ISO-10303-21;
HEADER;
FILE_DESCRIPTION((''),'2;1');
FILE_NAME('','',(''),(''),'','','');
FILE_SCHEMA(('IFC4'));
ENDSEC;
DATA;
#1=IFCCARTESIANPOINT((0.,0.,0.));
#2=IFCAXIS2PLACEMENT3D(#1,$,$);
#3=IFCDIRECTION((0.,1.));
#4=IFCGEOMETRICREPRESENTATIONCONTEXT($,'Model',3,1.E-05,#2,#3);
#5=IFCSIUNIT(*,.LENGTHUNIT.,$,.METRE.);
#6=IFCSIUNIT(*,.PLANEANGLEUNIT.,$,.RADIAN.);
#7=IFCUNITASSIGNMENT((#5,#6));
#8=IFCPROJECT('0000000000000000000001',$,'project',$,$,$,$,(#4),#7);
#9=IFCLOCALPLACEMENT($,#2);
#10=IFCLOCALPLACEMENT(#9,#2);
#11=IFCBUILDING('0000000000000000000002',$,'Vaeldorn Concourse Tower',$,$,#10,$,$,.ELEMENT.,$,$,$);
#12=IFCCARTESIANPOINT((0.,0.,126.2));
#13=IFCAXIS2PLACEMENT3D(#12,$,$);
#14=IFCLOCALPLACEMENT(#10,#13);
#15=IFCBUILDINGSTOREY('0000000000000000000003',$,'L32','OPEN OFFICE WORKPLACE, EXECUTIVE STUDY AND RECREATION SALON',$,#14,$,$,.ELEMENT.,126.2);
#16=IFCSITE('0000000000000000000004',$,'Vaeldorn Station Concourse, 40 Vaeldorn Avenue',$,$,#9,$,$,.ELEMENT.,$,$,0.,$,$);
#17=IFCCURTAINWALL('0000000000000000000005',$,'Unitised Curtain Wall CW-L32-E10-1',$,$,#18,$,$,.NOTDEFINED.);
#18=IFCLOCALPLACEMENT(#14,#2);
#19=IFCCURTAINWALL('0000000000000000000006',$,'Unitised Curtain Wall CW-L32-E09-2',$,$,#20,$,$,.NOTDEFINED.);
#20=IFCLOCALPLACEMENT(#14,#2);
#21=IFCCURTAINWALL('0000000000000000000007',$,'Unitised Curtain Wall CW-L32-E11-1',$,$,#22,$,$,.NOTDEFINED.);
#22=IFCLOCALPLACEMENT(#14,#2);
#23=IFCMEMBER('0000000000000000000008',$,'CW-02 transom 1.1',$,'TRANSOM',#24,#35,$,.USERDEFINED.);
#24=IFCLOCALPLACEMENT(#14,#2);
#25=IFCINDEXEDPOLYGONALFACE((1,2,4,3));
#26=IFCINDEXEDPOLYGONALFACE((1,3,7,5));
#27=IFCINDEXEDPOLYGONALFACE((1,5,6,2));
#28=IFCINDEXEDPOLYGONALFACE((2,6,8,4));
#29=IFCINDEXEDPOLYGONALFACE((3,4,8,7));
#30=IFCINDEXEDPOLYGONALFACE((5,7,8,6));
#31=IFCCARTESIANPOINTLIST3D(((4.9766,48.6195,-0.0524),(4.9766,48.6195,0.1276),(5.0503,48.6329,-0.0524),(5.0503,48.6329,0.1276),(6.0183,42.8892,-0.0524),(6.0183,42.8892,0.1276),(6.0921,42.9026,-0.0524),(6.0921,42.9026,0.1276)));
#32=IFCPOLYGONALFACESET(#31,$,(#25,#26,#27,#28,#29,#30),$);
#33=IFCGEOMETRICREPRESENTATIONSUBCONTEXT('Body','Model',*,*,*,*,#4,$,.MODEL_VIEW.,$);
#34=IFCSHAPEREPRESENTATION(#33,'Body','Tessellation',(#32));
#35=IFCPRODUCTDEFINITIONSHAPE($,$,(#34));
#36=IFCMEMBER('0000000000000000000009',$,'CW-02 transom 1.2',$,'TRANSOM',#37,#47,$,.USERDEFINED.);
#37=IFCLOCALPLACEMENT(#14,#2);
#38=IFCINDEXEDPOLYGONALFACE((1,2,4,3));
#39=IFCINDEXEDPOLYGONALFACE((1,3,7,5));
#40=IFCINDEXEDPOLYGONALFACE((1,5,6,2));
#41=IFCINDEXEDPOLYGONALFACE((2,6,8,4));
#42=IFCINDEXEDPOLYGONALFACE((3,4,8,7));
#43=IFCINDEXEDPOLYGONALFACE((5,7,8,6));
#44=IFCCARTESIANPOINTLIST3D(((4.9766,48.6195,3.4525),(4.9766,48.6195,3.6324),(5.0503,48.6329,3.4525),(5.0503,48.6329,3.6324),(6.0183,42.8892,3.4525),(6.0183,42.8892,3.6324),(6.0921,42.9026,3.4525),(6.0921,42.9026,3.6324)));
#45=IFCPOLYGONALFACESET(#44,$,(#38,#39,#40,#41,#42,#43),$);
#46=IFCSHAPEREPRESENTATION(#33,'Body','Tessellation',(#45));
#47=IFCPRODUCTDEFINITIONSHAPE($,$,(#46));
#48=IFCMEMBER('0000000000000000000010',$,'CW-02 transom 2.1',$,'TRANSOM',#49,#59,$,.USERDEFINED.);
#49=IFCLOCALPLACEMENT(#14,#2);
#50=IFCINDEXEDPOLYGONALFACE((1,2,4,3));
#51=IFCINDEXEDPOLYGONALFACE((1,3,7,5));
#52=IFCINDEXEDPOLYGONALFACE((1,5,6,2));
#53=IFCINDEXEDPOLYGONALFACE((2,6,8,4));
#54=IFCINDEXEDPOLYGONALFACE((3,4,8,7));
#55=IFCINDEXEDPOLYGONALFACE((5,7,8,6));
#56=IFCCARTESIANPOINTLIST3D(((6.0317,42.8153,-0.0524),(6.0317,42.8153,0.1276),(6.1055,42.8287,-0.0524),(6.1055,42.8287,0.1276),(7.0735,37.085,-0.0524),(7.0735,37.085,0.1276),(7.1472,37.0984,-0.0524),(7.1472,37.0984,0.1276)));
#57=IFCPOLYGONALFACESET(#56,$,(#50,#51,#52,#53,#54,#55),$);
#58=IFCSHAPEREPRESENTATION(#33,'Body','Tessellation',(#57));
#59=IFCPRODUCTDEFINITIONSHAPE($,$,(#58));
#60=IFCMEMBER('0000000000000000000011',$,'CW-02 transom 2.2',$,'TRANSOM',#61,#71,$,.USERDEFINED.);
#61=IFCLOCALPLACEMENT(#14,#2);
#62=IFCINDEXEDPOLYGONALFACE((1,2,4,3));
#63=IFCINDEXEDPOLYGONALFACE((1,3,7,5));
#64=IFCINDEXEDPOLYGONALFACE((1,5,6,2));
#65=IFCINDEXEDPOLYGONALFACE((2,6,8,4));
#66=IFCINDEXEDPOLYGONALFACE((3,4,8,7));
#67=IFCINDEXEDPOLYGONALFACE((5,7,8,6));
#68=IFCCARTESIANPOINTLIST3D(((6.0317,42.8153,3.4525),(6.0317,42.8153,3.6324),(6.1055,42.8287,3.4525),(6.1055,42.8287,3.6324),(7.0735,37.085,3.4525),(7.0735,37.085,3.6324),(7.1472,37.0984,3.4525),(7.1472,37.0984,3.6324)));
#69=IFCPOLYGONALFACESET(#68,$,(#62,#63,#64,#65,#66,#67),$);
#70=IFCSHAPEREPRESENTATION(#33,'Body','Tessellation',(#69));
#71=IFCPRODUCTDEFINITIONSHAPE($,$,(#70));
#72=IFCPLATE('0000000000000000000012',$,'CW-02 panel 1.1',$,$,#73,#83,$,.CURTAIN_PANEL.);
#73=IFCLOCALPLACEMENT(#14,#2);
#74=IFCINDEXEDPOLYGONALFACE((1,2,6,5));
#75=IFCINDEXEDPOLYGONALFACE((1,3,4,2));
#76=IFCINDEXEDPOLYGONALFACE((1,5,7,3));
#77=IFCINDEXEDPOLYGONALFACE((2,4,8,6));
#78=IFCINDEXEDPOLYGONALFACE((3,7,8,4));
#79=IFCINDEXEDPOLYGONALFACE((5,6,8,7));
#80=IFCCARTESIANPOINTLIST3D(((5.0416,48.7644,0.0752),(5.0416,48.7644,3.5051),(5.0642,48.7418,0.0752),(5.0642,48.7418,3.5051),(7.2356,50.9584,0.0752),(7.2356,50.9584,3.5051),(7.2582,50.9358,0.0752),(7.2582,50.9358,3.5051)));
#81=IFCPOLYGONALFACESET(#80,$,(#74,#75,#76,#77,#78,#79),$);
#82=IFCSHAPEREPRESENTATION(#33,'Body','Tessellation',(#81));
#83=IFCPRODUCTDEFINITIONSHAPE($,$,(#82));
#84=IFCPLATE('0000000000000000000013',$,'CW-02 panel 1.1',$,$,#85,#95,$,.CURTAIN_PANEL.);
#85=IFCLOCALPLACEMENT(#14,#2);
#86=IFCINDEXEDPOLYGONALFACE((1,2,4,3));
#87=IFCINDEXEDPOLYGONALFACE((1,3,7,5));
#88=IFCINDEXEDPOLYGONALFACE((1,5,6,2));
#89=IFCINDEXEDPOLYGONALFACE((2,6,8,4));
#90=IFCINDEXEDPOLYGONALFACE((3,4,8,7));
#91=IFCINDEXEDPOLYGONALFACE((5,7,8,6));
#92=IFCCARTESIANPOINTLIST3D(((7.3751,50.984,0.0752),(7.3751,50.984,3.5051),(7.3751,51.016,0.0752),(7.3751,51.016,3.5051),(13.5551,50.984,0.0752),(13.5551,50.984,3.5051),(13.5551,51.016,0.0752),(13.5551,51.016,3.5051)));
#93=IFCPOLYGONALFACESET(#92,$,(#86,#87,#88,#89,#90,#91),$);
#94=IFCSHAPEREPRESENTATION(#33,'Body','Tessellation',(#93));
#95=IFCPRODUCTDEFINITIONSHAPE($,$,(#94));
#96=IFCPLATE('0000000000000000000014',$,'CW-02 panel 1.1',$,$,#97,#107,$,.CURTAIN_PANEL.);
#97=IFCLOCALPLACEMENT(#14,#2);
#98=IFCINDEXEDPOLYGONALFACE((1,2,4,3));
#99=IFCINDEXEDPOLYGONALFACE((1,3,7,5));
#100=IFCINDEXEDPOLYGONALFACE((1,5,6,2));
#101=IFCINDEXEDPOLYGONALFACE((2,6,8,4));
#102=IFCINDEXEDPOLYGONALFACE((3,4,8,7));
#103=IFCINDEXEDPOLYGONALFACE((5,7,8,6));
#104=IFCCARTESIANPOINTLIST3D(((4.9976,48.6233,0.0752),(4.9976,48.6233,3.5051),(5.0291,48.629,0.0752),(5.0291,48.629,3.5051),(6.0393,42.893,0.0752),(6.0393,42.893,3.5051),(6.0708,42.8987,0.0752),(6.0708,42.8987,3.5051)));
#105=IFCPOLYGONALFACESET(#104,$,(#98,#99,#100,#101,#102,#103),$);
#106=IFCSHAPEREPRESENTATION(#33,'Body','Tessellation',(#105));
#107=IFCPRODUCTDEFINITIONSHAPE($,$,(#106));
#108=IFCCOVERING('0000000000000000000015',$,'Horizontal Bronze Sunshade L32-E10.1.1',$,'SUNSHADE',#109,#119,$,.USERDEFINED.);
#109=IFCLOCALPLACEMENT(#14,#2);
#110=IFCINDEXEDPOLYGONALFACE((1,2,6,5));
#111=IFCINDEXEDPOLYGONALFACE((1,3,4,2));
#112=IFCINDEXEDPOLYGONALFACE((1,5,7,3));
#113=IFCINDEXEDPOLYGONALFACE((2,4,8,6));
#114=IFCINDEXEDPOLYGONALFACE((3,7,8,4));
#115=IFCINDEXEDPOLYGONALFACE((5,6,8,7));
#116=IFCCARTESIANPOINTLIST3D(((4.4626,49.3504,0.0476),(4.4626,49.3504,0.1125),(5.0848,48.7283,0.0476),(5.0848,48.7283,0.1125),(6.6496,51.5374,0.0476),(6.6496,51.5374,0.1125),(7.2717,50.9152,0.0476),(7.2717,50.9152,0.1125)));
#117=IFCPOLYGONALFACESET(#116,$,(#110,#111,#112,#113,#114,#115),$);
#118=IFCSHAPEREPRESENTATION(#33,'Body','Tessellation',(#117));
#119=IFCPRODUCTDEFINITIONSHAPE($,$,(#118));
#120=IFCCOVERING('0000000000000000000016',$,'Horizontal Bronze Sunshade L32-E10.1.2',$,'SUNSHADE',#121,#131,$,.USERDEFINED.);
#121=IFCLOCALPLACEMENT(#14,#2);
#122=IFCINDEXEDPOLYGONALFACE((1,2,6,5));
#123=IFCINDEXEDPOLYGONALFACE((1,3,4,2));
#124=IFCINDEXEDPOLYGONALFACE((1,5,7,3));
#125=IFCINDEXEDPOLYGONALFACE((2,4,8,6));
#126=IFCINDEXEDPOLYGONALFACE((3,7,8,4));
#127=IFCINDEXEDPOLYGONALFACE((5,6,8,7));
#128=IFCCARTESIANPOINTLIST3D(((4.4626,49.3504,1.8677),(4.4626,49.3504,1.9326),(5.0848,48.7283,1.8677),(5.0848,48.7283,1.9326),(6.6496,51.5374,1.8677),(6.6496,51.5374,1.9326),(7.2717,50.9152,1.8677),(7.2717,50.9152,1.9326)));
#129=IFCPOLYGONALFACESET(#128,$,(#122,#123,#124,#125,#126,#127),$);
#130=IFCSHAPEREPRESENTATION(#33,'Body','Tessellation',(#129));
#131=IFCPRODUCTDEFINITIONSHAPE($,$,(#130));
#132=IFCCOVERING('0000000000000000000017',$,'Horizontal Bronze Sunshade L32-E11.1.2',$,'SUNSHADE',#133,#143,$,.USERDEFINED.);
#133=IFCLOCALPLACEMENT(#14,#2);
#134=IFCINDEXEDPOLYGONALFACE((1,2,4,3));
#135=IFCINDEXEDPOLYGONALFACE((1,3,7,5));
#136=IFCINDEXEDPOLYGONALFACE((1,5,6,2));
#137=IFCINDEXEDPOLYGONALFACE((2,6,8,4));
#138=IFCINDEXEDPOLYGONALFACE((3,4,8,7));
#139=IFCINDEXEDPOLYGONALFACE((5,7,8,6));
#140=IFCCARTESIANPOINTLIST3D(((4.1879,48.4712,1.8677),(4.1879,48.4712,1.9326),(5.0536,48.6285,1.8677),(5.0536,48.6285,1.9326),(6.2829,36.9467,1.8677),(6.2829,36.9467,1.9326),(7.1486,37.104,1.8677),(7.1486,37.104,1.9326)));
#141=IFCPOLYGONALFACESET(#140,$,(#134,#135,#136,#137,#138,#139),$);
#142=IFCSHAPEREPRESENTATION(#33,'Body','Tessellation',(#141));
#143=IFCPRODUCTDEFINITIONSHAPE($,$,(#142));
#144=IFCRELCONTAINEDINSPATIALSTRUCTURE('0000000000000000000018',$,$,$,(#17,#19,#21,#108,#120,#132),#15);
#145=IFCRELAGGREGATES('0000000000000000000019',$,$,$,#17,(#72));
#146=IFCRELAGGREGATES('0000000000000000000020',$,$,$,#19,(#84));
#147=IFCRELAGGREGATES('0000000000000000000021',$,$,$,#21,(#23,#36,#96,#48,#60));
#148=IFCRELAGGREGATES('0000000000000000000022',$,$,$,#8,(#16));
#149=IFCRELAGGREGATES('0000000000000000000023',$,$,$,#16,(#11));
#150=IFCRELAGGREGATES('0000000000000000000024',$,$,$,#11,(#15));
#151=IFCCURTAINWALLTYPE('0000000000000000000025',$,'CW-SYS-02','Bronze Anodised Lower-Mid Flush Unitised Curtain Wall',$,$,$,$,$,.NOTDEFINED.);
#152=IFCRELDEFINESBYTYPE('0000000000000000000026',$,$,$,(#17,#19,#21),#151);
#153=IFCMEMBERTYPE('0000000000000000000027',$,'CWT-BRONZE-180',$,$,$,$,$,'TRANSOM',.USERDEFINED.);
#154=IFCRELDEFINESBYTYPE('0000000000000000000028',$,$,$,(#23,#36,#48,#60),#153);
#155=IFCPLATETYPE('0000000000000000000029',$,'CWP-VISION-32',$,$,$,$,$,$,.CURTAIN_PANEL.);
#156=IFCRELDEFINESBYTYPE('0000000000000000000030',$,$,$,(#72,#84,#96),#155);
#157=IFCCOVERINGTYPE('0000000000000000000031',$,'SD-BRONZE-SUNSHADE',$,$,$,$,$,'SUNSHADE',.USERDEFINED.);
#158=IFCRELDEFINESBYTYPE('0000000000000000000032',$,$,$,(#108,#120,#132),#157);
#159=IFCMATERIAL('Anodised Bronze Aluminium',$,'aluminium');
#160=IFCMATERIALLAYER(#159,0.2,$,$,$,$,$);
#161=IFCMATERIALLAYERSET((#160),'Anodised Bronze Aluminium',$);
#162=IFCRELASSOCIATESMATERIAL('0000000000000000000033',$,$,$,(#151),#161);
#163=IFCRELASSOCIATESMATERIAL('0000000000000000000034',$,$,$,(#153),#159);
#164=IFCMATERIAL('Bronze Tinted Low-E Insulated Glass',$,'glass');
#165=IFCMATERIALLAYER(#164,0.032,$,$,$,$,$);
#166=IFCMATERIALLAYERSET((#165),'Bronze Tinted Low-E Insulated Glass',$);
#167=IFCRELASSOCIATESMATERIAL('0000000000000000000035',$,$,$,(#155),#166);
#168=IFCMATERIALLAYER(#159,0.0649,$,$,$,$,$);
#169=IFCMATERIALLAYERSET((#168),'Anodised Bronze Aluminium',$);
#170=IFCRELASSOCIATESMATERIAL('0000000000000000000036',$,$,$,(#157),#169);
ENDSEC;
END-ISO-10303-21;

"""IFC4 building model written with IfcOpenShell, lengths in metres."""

from ifc_helpers import new_model, si_unit, direction, frame, origin, origin_2d, place, context, subcontext, project, spatial, rectangle, extrude, source, transform, mapped, material, layer, layer_set, material_profile, profile_set, type_object, element, aggregate, save


model = new_model("IFC4")

# Units and contexts
model_context = context("Model", 3, precision=1e-05, world=origin(), true_north=direction((0.0, 1.0)))
body_context = subcontext(model_context, "Body", "Model", "MODEL_VIEW")
ifc_project = project(units=[si_unit("LENGTHUNIT", "METRE"), si_unit("PLANEANGLEUNIT", "RADIAN")], contexts=[model_context])

# Site, building, storey
site_placement = place(None, origin())
site = spatial("IfcSite", under=ifc_project, at=site_placement, Name="Vaeldorn Station Concourse, 40 Vaeldorn Avenue", CompositionType="ELEMENT", RefElevation=0.0)
building_placement = place(site_placement, origin())
building = spatial("IfcBuilding", under=site, at=building_placement, Name="Vaeldorn Concourse Tower", CompositionType="ELEMENT")
storey_placement = place(building_placement, frame((0.0, 0.0, 126.2)))
storey = spatial("IfcBuildingStorey", under=building, at=storey_placement, Name="L32", Description="OPEN OFFICE WORKPLACE, EXECUTIVE STUDY AND RECREATION SALON", CompositionType="ELEMENT", Elevation=126.2)

# Curtain walls
ifc_material_1 = material(Name="Anodised Bronze Aluminium", Category="aluminium")
ifc_layer_1 = layer(ifc_material_1, 0.2)
ifc_layer_set_1 = layer_set([ifc_layer_1], Name="Anodised Bronze Aluminium")
curtain_wall_type = type_object("IfcCurtainWallType", Name="CW-SYS-02", Description="Bronze Anodised Lower-Mid Flush Unitised Curtain Wall", PredefinedType="NOTDEFINED", material=ifc_layer_set_1)
curtain_wall_1_placement = place(storey_placement, origin())
curtain_wall_1 = element("IfcCurtainWall", 1, at=curtain_wall_1_placement, inside=storey, type_object=curtain_wall_type, Name="Unitised Curtain Wall CW-L32-E10-1", PredefinedType="NOTDEFINED")
ifc_material_profile_1 = material_profile(ifc_material_1, rectangle(XDim=0.075, YDim=0.1799, at=origin_2d()), Name="CWT 75x180")
ifc_profile_set_1 = profile_set([ifc_material_profile_1], Name="Anodised Bronze Aluminium")
member_type_1 = type_object("IfcMemberType", Name="CWT-BRONZE-180", ElementType="TRANSOM", PredefinedType="USERDEFINED", material=ifc_profile_set_1)
curtain_wall_2_placement = place(storey_placement, origin())
curtain_wall_2 = element("IfcCurtainWall", 2, at=curtain_wall_2_placement, inside=storey, type_object=curtain_wall_type, Name="Unitised Curtain Wall CW-L32-E09-2", PredefinedType="NOTDEFINED")

# Curtain wall
curtain_wall_3_placement = place(storey_placement, origin())
curtain_wall_3 = element("IfcCurtainWall", 3, at=curtain_wall_3_placement, inside=storey, type_object=curtain_wall_type, Name="Unitised Curtain Wall CW-L32-E11-1", PredefinedType="NOTDEFINED")

# Members
shared_shape_1 = source(origin(), body_context, "Body", "SweptSolid", [
    extrude(rectangle(XDim=0.075, YDim=0.1799, at=origin_2d()), origin(), (0.0, 0.0, 1.0), 5.8242),
])
member_1_placement = place(storey_placement, frame((5.0134, 48.6262, 0.0376), z_axis=(0.178867, -0.983873, 0.0), x_axis=(0.983873, 0.178867, 0.0)))
member_1 = element("IfcMember", 4, at=member_1_placement, type_object=member_type_1, Name="CW-02 transom 1.1", ObjectType="TRANSOM", PredefinedType="USERDEFINED", context=body_context, shape_type="MappedRepresentation", body=[
    mapped(shared_shape_1, transform((0.0, 0.0, 0.0), scale=1.0)),
])
member_2_placement = place(storey_placement, frame((5.0134, 48.6262, 3.5425), z_axis=(0.178867, -0.983873, 0.0), x_axis=(0.983873, 0.178867, 0.0)))
member_2 = element("IfcMember", 5, at=member_2_placement, type_object=member_type_1, Name="CW-02 transom 1.2", ObjectType="TRANSOM", PredefinedType="USERDEFINED", context=body_context, shape_type="MappedRepresentation", body=[
    mapped(shared_shape_1, transform((0.0, 0.0, 0.0), scale=1.0)),
])
member_3_placement = place(storey_placement, frame((6.0686, 42.822, 0.0376), z_axis=(0.178867, -0.983873, 0.0), x_axis=(0.983873, 0.178867, 0.0)))
member_3 = element("IfcMember", 6, at=member_3_placement, type_object=member_type_1, Name="CW-02 transom 2.1", ObjectType="TRANSOM", PredefinedType="USERDEFINED", context=body_context, shape_type="MappedRepresentation", body=[
    mapped(shared_shape_1, transform((0.0, 0.0, 0.0), scale=1.0)),
])
member_4_placement = place(storey_placement, frame((6.0686, 42.822, 3.5425), z_axis=(0.178867, -0.983873, 0.0), x_axis=(0.983873, 0.178867, 0.0)))
member_4 = element("IfcMember", 7, at=member_4_placement, type_object=member_type_1, Name="CW-02 transom 2.2", ObjectType="TRANSOM", PredefinedType="USERDEFINED", context=body_context, shape_type="MappedRepresentation", body=[
    mapped(shared_shape_1, transform((0.0, 0.0, 0.0), scale=1.0)),
])

# Plates
ifc_material_2 = material(Name="Bronze Tinted Low-E Insulated Glass", Category="glass")
ifc_layer_2 = layer(ifc_material_2, 0.032)
ifc_layer_set_2 = layer_set([ifc_layer_2], Name="Bronze Tinted Low-E Insulated Glass")
plate_type = type_object("IfcPlateType", Name="CWP-VISION-32", PredefinedType="CURTAIN_PANEL", material=ifc_layer_set_2)
shared_shape_2 = source(origin(), body_context, "Body", "SweptSolid", [
    extrude(rectangle(XDim=3.1028, YDim=0.032, at=origin_2d()), origin(), (0.0, 0.0, 1.0), 3.4299),
])
plate_1_placement = place(storey_placement, frame((6.1499, 49.8501, 0.0752), z_axis=(0.0, 0.0, 1.0), x_axis=(-0.707107, -0.707107, 0.0)))
plate_1 = element("IfcPlate", 8, at=plate_1_placement, type_object=plate_type, Name="CW-02 panel 1.1", PredefinedType="CURTAIN_PANEL", context=body_context, shape_type="MappedRepresentation", body=[
    mapped(shared_shape_2, transform((0.0, 0.0, 0.0), scale=1.0)),
])
aggregate(curtain_wall_1, [plate_1])
shared_shape_3 = source(origin(), body_context, "Body", "SweptSolid", [
    extrude(rectangle(XDim=6.1799, YDim=0.032, at=origin_2d()), origin(), (0.0, 0.0, 1.0), 3.4299),
])
plate_2_placement = place(storey_placement, frame((10.4651, 51.0, 0.0752), z_axis=(0.0, 0.0, 1.0), x_axis=(-1.0, 0.0, 0.0)))
plate_2 = element("IfcPlate", 9, at=plate_2_placement, type_object=plate_type, Name="CW-02 panel 1.1", PredefinedType="CURTAIN_PANEL", context=body_context, shape_type="MappedRepresentation", body=[
    mapped(shared_shape_3, transform((0.0, 0.0, 0.0), scale=1.0)),
])
aggregate(curtain_wall_2, [plate_2])
shared_shape_4 = source(origin(), body_context, "Body", "SweptSolid", [
    extrude(rectangle(XDim=5.8242, YDim=0.032, at=origin_2d()), origin(), (0.0, 0.0, 1.0), 3.4299),
])
plate_3_placement = place(storey_placement, frame((5.5342, 45.761, 0.0752), z_axis=(0.0, 0.0, 1.0), x_axis=(0.178861, -0.983874, 0.0)))
plate_3 = element("IfcPlate", 10, at=plate_3_placement, type_object=plate_type, Name="CW-02 panel 1.1", PredefinedType="CURTAIN_PANEL", context=body_context, shape_type="MappedRepresentation", body=[
    mapped(shared_shape_4, transform((0.0, 0.0, 0.0), scale=1.0)),
])
aggregate(curtain_wall_3, [member_1, member_2, plate_3, member_3, member_4])

# Coverings
ifc_layer_3 = layer(ifc_material_1, 0.0649)
ifc_layer_set_3 = layer_set([ifc_layer_3], Name="Anodised Bronze Aluminium")
covering_type = type_object("IfcCoveringType", Name="SD-BRONZE-SUNSHADE", ElementType="SUNSHADE", PredefinedType="USERDEFINED", material=ifc_layer_set_3)
shared_shape_5 = source(origin(), body_context, "Body", "SweptSolid", [
    extrude(rectangle(XDim=3.0928, YDim=0.8799, at=origin_2d()), origin(), (0.0, 0.0, 1.0), 0.0649),
])
for number, where, z_axis, x_axis, name in (
    (11, (5.8672, 50.1328, 0.0476), (0.0, 0.0, 1.0), (-0.707107, -0.707107, 0.0), "Horizontal Bronze Sunshade L32-E10.1.1"),
    (12, (5.8672, 50.1328, 1.8677), (0.0, 0.0, 1.0), (-0.707107, -0.707107, 0.0), "Horizontal Bronze Sunshade L32-E10.1.2"),
):
    element("IfcCovering", number, at=place(storey_placement, frame(where, z_axis=z_axis, x_axis=x_axis)), inside=storey, type_object=covering_type, Name=name, ObjectType="SUNSHADE", PredefinedType="USERDEFINED", context=body_context, shape_type="MappedRepresentation", body=[
        mapped(shared_shape_5, transform((0.0, 0.0, 0.0), scale=1.0)),
    ])
shared_shape_6 = source(origin(), body_context, "Body", "SweptSolid", [
    extrude(rectangle(XDim=11.7134, YDim=0.8799, at=origin_2d()), origin(), (0.0, 0.0, 1.0), 0.0649),
])
covering_placement = place(storey_placement, frame((5.6682, 42.7876, 1.8677), z_axis=(0.0, 0.0, 1.0), x_axis=(0.178854, -0.983876, 0.0)))
element("IfcCovering", 13, at=covering_placement, inside=storey, type_object=covering_type, Name="Horizontal Bronze Sunshade L32-E11.1.2", ObjectType="SUNSHADE", PredefinedType="USERDEFINED", context=body_context, shape_type="MappedRepresentation", body=[
    mapped(shared_shape_6, transform((0.0, 0.0, 0.0), scale=1.0)),
])

save(model, "model.ifc")
